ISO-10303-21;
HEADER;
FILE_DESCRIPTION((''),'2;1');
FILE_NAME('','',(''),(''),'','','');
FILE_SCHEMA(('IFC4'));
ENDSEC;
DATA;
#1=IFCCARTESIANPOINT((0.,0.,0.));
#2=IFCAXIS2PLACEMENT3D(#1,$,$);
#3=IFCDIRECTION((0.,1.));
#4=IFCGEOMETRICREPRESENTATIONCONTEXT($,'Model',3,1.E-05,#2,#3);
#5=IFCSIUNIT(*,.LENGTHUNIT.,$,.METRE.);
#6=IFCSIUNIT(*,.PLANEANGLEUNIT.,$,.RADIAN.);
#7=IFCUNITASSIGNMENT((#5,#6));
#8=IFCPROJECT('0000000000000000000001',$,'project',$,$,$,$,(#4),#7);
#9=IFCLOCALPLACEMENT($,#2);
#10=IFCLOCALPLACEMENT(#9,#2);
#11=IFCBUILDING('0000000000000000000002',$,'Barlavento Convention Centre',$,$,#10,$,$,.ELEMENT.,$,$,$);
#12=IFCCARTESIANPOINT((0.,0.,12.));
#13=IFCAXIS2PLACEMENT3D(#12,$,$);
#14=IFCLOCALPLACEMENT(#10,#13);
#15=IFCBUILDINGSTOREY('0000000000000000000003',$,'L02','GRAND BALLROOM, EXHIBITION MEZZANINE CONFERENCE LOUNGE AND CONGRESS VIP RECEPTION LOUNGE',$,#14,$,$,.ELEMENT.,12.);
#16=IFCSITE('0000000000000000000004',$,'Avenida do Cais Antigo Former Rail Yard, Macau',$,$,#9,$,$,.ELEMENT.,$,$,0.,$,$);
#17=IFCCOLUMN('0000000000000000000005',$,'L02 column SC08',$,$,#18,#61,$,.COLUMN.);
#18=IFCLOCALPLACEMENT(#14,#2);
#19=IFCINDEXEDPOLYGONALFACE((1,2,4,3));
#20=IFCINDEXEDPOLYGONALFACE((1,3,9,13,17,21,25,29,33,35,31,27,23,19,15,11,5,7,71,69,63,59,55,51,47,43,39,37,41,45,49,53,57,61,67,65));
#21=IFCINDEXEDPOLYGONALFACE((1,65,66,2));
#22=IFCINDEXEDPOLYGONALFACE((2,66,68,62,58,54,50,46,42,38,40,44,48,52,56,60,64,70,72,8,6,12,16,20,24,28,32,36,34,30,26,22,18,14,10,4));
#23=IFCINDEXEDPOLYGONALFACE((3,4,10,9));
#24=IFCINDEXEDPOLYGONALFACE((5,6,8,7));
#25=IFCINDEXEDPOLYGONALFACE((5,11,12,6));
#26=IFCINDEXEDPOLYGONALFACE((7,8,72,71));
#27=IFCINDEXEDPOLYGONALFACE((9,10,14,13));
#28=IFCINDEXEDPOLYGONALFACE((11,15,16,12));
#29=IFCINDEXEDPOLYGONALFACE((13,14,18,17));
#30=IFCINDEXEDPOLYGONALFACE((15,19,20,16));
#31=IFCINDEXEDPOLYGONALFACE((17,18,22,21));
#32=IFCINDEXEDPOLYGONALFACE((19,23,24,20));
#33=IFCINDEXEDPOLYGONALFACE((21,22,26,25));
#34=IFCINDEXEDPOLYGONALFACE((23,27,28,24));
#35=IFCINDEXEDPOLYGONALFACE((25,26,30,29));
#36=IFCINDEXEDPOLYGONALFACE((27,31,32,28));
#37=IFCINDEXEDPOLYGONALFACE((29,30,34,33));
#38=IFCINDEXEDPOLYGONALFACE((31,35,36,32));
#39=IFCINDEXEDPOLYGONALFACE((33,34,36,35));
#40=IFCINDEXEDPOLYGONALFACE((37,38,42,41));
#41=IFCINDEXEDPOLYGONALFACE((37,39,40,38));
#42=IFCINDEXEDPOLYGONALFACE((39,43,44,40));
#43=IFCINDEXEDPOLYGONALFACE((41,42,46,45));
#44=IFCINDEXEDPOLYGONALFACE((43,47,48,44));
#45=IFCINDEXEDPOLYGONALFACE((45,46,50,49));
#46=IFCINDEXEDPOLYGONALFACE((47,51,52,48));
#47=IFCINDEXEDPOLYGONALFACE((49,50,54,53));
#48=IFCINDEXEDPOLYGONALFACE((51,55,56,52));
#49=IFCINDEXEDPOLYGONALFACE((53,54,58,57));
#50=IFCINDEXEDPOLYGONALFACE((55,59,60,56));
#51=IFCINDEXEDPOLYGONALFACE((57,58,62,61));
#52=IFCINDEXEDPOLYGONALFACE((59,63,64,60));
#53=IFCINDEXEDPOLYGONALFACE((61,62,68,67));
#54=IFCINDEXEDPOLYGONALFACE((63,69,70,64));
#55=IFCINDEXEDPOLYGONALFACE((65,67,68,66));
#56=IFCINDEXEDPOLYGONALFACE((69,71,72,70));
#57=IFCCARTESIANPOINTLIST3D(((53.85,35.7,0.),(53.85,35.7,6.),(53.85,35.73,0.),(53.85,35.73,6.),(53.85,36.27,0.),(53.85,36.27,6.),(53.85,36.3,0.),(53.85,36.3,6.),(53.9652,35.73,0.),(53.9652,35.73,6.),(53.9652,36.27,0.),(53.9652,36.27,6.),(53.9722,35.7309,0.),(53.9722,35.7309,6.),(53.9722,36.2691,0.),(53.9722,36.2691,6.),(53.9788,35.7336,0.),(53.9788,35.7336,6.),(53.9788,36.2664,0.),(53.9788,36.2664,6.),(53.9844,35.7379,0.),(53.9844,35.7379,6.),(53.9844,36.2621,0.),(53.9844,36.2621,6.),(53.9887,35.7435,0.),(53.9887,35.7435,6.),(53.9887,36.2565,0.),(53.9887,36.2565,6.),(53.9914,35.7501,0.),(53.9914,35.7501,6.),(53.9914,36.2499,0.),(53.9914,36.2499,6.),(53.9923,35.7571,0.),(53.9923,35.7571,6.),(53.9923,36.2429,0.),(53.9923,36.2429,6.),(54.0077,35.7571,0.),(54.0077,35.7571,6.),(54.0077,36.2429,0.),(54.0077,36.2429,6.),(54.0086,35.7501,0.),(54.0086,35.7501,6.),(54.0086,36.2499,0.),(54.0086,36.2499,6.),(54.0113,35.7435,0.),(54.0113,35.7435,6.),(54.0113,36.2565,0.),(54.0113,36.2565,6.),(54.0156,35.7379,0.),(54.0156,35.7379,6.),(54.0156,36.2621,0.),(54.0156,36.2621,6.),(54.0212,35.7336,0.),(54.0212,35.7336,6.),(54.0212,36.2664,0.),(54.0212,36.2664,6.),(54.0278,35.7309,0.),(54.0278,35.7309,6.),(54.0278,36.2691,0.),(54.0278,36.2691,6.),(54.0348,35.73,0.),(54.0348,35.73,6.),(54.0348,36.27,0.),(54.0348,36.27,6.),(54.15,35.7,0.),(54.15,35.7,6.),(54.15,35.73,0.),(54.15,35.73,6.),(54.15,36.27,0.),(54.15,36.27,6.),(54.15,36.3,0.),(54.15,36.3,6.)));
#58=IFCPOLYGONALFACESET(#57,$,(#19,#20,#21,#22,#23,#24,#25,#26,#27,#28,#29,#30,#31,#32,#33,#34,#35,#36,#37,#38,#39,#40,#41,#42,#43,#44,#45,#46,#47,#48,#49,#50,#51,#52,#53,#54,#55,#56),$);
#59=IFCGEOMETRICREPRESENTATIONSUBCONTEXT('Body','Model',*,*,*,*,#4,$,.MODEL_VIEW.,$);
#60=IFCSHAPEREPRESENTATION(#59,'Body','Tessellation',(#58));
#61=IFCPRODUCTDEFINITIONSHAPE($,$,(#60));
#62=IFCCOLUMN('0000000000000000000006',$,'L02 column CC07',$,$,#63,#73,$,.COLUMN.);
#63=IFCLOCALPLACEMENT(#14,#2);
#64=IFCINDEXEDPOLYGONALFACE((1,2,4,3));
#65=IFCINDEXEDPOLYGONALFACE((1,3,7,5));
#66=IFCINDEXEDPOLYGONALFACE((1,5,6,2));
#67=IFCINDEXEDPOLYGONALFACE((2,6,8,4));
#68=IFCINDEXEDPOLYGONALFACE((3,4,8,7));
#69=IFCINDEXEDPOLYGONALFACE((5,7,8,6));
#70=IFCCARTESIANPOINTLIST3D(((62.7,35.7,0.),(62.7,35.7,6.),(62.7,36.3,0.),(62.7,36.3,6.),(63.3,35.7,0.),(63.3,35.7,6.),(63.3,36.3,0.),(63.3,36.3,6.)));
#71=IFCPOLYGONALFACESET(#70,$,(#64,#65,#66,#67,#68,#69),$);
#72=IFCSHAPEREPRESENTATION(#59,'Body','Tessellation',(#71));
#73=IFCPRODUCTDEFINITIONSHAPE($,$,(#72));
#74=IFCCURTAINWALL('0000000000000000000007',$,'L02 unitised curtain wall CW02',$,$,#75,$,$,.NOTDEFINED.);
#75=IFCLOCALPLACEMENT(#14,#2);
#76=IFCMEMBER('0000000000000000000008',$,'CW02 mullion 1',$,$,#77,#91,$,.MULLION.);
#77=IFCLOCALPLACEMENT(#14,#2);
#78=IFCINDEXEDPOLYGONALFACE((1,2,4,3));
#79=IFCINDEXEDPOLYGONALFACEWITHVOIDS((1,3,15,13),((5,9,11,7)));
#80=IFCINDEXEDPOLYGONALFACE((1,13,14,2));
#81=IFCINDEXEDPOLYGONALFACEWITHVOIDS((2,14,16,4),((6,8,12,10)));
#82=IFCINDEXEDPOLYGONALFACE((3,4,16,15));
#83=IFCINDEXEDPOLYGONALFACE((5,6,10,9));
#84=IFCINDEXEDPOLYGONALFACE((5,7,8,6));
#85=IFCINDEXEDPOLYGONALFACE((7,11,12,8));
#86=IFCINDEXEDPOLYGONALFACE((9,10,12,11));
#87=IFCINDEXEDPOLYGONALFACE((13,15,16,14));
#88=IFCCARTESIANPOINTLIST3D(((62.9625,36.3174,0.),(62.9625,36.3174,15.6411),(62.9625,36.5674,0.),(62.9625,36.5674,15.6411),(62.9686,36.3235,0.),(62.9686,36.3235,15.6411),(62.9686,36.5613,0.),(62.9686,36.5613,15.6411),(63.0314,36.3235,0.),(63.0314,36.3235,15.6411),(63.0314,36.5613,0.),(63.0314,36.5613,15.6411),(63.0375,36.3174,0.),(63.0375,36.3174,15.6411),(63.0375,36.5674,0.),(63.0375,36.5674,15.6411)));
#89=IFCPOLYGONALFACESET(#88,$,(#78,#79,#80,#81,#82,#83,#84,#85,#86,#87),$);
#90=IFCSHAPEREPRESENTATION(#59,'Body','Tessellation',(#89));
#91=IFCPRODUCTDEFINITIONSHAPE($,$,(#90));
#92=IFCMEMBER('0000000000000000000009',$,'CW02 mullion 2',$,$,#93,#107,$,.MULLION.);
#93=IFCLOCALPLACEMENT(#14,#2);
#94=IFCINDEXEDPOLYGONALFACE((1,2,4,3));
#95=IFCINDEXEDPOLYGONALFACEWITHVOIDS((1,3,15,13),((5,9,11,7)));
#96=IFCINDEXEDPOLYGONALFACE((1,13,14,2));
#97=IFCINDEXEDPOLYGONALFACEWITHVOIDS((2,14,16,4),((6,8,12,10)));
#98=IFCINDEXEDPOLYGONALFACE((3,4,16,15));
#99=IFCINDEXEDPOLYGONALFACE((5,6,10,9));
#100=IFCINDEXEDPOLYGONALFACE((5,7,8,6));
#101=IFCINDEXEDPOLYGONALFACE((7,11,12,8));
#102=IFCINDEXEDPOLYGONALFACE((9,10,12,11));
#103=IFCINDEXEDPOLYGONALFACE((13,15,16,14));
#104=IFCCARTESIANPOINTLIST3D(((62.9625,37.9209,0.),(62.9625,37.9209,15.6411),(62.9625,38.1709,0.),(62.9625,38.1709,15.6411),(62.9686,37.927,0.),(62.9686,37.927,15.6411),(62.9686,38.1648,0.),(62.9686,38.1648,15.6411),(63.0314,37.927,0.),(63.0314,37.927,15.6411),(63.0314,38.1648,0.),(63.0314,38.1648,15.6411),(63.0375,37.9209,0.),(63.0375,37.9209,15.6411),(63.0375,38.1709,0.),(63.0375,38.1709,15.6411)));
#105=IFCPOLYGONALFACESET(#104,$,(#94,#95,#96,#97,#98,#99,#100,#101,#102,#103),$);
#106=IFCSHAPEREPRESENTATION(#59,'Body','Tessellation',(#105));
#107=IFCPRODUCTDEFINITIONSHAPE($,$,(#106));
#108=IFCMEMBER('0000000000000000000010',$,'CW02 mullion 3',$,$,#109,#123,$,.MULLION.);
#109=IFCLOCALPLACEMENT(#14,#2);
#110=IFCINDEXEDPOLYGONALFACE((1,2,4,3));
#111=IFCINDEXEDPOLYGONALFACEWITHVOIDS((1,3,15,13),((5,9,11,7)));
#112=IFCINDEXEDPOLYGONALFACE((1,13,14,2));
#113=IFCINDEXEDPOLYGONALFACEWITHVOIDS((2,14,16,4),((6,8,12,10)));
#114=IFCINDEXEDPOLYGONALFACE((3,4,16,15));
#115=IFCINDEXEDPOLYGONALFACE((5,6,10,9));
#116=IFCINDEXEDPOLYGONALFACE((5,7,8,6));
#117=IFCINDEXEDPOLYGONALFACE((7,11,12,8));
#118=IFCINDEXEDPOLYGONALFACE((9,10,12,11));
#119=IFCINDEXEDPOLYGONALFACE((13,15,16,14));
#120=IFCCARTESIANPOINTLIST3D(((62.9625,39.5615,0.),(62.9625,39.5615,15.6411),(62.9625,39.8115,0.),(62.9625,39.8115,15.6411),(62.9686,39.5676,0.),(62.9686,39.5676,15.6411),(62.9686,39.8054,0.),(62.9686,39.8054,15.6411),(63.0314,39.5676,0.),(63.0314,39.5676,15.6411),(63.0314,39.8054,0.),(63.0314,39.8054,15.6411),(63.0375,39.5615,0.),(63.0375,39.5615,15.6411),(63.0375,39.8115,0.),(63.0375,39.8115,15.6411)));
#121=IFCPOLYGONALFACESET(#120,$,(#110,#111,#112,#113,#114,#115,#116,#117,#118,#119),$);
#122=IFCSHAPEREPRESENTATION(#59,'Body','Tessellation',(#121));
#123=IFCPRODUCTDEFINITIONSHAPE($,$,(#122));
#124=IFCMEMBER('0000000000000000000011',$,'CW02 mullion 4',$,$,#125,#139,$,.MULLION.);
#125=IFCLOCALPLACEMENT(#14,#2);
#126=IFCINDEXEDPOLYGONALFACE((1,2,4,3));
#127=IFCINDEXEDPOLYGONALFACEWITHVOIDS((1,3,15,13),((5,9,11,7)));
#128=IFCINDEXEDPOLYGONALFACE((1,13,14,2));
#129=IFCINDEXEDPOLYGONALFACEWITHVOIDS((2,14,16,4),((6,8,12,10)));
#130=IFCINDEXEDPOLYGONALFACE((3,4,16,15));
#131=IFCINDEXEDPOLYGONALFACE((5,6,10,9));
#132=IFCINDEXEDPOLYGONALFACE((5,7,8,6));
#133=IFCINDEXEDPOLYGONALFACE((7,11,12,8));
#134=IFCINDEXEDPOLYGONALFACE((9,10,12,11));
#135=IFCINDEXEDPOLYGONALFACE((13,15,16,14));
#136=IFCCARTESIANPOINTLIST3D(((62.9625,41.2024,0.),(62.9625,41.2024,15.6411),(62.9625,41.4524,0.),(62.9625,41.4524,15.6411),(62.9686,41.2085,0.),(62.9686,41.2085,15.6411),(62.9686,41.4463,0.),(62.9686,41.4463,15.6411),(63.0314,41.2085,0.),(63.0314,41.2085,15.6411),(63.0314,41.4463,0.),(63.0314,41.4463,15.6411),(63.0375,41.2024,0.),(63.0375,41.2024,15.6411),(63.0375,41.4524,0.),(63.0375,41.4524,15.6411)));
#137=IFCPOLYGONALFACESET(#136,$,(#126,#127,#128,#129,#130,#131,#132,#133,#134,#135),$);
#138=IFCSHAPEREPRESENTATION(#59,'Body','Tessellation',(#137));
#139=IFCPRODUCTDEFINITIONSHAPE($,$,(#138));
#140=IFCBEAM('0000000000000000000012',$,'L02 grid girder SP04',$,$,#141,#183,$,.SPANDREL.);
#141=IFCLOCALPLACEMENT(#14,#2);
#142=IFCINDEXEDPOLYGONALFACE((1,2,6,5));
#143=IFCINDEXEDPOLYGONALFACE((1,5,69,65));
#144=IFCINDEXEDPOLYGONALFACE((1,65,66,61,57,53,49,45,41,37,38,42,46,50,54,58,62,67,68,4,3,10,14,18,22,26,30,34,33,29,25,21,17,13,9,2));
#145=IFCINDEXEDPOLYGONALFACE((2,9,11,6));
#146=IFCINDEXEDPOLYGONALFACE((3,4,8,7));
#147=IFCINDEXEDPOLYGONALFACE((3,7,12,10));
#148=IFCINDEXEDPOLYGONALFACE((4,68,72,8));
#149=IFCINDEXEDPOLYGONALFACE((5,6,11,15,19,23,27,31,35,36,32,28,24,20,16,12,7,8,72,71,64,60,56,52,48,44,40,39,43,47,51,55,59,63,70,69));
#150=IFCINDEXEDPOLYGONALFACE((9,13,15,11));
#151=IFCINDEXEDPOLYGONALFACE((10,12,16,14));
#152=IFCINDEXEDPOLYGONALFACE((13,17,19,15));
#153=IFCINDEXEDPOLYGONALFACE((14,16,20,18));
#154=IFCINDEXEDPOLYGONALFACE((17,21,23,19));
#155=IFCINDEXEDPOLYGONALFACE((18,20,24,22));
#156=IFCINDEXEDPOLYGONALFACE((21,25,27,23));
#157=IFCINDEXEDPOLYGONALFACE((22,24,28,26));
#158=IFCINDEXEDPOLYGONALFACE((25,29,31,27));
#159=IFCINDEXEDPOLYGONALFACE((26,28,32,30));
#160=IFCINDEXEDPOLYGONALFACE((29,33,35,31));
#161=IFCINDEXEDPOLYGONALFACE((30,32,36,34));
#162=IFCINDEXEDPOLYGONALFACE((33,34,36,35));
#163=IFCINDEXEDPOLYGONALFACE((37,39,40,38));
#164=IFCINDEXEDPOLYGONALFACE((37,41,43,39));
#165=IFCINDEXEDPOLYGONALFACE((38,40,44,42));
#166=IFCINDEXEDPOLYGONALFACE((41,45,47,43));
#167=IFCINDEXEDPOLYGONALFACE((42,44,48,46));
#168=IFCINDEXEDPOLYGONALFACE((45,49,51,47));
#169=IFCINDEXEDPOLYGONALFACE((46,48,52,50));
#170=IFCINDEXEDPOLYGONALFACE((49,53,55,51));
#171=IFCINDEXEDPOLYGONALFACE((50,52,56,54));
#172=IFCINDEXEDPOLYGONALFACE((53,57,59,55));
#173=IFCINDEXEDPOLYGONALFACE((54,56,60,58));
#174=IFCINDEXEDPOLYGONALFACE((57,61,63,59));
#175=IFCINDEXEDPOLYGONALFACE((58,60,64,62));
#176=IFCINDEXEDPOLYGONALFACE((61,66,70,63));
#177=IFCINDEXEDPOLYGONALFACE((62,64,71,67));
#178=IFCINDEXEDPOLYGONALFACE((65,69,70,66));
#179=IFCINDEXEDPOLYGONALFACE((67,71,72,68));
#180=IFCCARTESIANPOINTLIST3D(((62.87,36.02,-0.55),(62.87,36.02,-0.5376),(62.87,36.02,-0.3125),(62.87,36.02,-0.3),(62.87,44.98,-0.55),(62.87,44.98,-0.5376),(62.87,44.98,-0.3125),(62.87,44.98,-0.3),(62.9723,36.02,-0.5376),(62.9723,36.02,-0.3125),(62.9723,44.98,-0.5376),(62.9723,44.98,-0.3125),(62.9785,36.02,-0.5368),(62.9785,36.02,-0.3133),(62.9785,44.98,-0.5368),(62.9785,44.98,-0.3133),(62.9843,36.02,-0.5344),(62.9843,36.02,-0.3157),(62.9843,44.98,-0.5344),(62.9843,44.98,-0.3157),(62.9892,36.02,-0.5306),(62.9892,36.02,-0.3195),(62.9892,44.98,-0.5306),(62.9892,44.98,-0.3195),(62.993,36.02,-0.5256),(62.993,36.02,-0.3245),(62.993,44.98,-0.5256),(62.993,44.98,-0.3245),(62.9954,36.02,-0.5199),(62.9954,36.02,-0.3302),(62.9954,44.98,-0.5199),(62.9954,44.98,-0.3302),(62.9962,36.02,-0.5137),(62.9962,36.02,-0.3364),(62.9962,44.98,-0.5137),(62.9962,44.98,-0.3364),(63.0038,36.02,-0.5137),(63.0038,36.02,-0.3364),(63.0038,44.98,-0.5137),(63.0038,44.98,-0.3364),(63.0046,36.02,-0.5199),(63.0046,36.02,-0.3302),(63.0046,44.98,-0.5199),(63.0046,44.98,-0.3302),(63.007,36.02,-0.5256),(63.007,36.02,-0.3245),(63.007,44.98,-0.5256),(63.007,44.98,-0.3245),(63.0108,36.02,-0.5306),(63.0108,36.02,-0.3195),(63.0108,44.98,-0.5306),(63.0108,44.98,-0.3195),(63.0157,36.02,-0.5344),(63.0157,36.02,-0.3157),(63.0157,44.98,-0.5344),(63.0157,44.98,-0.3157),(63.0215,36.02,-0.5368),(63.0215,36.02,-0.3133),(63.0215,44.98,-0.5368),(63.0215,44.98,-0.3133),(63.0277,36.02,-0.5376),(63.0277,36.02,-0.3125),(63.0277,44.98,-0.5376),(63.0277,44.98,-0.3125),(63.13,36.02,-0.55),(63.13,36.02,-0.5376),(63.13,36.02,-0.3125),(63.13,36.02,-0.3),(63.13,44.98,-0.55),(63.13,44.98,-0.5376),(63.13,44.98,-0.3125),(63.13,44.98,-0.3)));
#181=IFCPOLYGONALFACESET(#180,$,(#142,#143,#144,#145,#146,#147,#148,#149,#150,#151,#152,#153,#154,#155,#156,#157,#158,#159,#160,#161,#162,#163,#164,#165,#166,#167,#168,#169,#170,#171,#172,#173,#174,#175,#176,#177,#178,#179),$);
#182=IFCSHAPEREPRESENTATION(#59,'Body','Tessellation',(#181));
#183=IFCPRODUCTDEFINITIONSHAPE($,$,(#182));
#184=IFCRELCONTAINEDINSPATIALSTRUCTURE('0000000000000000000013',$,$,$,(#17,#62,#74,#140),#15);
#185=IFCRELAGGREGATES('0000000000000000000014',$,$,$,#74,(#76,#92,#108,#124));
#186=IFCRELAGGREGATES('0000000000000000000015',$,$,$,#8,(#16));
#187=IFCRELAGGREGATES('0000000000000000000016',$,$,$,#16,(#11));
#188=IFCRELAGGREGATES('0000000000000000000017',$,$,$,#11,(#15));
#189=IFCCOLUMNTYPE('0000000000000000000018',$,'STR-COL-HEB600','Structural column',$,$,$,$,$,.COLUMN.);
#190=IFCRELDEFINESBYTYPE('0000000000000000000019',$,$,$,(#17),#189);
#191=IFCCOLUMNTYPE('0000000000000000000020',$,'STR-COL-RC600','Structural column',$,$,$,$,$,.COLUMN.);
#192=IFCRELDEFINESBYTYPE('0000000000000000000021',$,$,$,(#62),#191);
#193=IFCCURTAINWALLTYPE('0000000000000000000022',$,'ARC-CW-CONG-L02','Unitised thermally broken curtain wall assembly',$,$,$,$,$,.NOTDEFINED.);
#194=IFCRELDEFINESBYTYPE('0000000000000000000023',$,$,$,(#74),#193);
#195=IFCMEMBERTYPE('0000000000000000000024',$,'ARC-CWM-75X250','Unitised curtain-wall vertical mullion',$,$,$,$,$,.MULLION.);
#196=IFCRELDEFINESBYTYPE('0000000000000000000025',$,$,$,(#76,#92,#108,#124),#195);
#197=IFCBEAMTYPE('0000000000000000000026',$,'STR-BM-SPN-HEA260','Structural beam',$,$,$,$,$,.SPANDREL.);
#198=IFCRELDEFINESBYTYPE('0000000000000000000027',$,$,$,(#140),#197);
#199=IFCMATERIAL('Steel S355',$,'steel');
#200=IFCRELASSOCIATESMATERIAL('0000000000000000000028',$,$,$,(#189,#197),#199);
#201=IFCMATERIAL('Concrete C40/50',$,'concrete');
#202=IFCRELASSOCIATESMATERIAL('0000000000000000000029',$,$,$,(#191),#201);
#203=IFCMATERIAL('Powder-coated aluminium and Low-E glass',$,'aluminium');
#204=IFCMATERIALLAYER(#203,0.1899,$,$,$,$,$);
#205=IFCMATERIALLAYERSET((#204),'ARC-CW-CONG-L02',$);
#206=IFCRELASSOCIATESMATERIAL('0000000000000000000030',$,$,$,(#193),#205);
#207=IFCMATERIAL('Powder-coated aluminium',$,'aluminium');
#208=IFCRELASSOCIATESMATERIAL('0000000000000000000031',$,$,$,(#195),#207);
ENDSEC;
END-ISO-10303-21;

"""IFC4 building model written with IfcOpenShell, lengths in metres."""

from ifc_helpers import new_model, si_unit, direction, frame, origin, origin_2d, place, context, subcontext, project, spatial, rectangle, hollow_rectangle, i_section, extrude, material, layer, layer_set, material_profile, profile_set, type_object, element, aggregate, save


model = new_model("IFC4")

# Units and contexts
model_context = context("Model", 3, precision=1e-05, world=origin(), true_north=direction((0.0, 1.0)))
body_context = subcontext(model_context, "Body", "Model", "MODEL_VIEW")
ifc_project = project(units=[si_unit("LENGTHUNIT", "METRE"), si_unit("PLANEANGLEUNIT", "RADIAN")], contexts=[model_context])

# Site, building, storey
site_placement = place(None, origin())
site = spatial("IfcSite", under=ifc_project, at=site_placement, Name="Avenida do Cais Antigo Former Rail Yard, Macau", CompositionType="ELEMENT", RefElevation=0.0)
building_placement = place(site_placement, origin())
building = spatial("IfcBuilding", under=site, at=building_placement, Name="Barlavento Convention Centre", CompositionType="ELEMENT")
storey_placement = place(building_placement, frame((0.0, 0.0, 12.0)))
storey = spatial("IfcBuildingStorey", under=building, at=storey_placement, Name="L02", Description="GRAND BALLROOM, EXHIBITION MEZZANINE CONFERENCE LOUNGE AND CONGRESS VIP RECEPTION LOUNGE", CompositionType="ELEMENT", Elevation=12.0)

# Columns
ifc_material_1 = material(Name="Steel S355", Category="steel")
ifc_material_profile_1 = material_profile(ifc_material_1, i_section(OverallWidth=0.3, OverallDepth=0.6001, WebThickness=0.0154, FlangeThickness=0.03, FilletRadius=0.0271, at=origin_2d()), Name="HEB 600")
ifc_profile_set_1 = profile_set([ifc_material_profile_1], Name="Steel S355")
column_type_1 = type_object("IfcColumnType", Name="STR-COL-HEB600", Description="Structural column", PredefinedType="COLUMN", material=ifc_profile_set_1)
column_1_placement = place(storey_placement, frame((54.0, 36.0, 0.0), z_axis=(0.0, 0.0, 1.0), x_axis=(1.0, 0.0, 0.0)))
element("IfcColumn", 1, at=column_1_placement, inside=storey, type_object=column_type_1, Name="L02 column SC08", PredefinedType="COLUMN", context=body_context, shape_type="SweptSolid", body=[
    extrude(i_section(OverallWidth=0.3, OverallDepth=0.6001, WebThickness=0.0154, FlangeThickness=0.03, FilletRadius=0.0271, at=origin_2d()), origin(), (0.0, 0.0, 1.0), 6.0),
])
ifc_material_2 = material(Name="Concrete C40/50", Category="concrete")
ifc_material_profile_2 = material_profile(ifc_material_2, rectangle(XDim=0.6001, YDim=0.6001, at=origin_2d()), Name="RC 600x600")
ifc_profile_set_2 = profile_set([ifc_material_profile_2], Name="Concrete C40/50")
column_type_2 = type_object("IfcColumnType", Name="STR-COL-RC600", Description="Structural column", PredefinedType="COLUMN", material=ifc_profile_set_2)
column_2_placement = place(storey_placement, frame((63.0, 36.0, 0.0), z_axis=(0.0, 0.0, 1.0), x_axis=(1.0, 0.0, 0.0)))
element("IfcColumn", 2, at=column_2_placement, inside=storey, type_object=column_type_2, Name="L02 column CC07", PredefinedType="COLUMN", context=body_context, shape_type="SweptSolid", body=[
    extrude(rectangle(XDim=0.6001, YDim=0.6001, at=origin_2d()), origin(), (0.0, 0.0, 1.0), 6.0),
])

# Curtain wall, members
ifc_material_3 = material(Name="Powder-coated aluminium and Low-E glass", Category="aluminium")
ifc_layer_1 = layer(ifc_material_3, 0.1899)
ifc_layer_set_1 = layer_set([ifc_layer_1], Name="ARC-CW-CONG-L02")
curtain_wall_type = type_object("IfcCurtainWallType", Name="ARC-CW-CONG-L02", Description="Unitised thermally broken curtain wall assembly", PredefinedType="NOTDEFINED", material=ifc_layer_set_1)
curtain_wall_placement = place(storey_placement, origin())
curtain_wall = element("IfcCurtainWall", 3, at=curtain_wall_placement, inside=storey, type_object=curtain_wall_type, Name="L02 unitised curtain wall CW02", PredefinedType="NOTDEFINED")
ifc_material_4 = material(Name="Powder-coated aluminium", Category="aluminium")
ifc_material_profile_3 = material_profile(ifc_material_4, hollow_rectangle(XDim=0.075, YDim=0.25, WallThickness=0.0061, at=origin_2d()), Name="AL-MULL 75x250x6")
ifc_profile_set_3 = profile_set([ifc_material_profile_3], Name="Powder-coated aluminium")
member_type = type_object("IfcMemberType", Name="ARC-CWM-75X250", Description="Unitised curtain-wall vertical mullion", PredefinedType="MULLION", material=ifc_profile_set_3)
member_1_placement = place(storey_placement, frame((63.0, 36.4424, 0.0), z_axis=(0.0, 0.0, 1.0), x_axis=(-1.0, 0.0, 0.0)))
member_1 = element("IfcMember", 4, at=member_1_placement, type_object=member_type, Name="CW02 mullion 1", PredefinedType="MULLION", context=body_context, shape_type="SweptSolid", body=[
    extrude(hollow_rectangle(XDim=0.075, YDim=0.25, WallThickness=0.0061, at=origin_2d()), origin(), (0.0, 0.0, 1.0), 15.6411),
])
member_2_placement = place(storey_placement, frame((63.0, 38.0459, 0.0), z_axis=(0.0, 0.0, 1.0), x_axis=(-1.0, 0.0, 0.0)))
member_2 = element("IfcMember", 5, at=member_2_placement, type_object=member_type, Name="CW02 mullion 2", PredefinedType="MULLION", context=body_context, shape_type="SweptSolid", body=[
    extrude(hollow_rectangle(XDim=0.075, YDim=0.25, WallThickness=0.0061, at=origin_2d()), origin(), (0.0, 0.0, 1.0), 15.6411),
])
member_3_placement = place(storey_placement, frame((63.0, 39.6865, 0.0), z_axis=(0.0, 0.0, 1.0), x_axis=(-1.0, 0.0, 0.0)))
member_3 = element("IfcMember", 6, at=member_3_placement, type_object=member_type, Name="CW02 mullion 3", PredefinedType="MULLION", context=body_context, shape_type="SweptSolid", body=[
    extrude(hollow_rectangle(XDim=0.075, YDim=0.25, WallThickness=0.0061, at=origin_2d()), origin(), (0.0, 0.0, 1.0), 15.6411),
])
member_4_placement = place(storey_placement, frame((63.0, 41.3274, 0.0), z_axis=(0.0, 0.0, 1.0), x_axis=(-1.0, 0.0, 0.0)))
member_4 = element("IfcMember", 7, at=member_4_placement, type_object=member_type, Name="CW02 mullion 4", PredefinedType="MULLION", context=body_context, shape_type="SweptSolid", body=[
    extrude(hollow_rectangle(XDim=0.075, YDim=0.25, WallThickness=0.0061, at=origin_2d()), origin(), (0.0, 0.0, 1.0), 15.6411),
])
aggregate(curtain_wall, [member_1, member_2, member_3, member_4])

# Beam
ifc_material_profile_4 = material_profile(ifc_material_1, i_section(OverallWidth=0.26, OverallDepth=0.25, WebThickness=0.0076, FlangeThickness=0.0125, FilletRadius=0.0239, at=origin_2d()), Name="HEA 260")
ifc_profile_set_4 = profile_set([ifc_material_profile_4], Name="Steel S355")
beam_type_1 = type_object("IfcBeamType", Name="STR-BM-SPN-HEA260", Description="Structural beam", PredefinedType="SPANDREL", material=ifc_profile_set_4)
beam_1_placement = place(storey_placement, frame((63.0, 36.02, -0.425), z_axis=(0.0, 1.0, 0.0), x_axis=(-1.0, 0.0, 0.0)))
element("IfcBeam", 8, at=beam_1_placement, inside=storey, type_object=beam_type_1, Name="L02 grid girder SP04", PredefinedType="SPANDREL", context=body_context, shape_type="SweptSolid", body=[
    extrude(i_section(OverallWidth=0.26, OverallDepth=0.25, WebThickness=0.0076, FlangeThickness=0.0125, FilletRadius=0.0239, at=origin_2d()), origin(), (0.0, 0.0, 1.0), 8.96),
])

save(model, "model.ifc")
